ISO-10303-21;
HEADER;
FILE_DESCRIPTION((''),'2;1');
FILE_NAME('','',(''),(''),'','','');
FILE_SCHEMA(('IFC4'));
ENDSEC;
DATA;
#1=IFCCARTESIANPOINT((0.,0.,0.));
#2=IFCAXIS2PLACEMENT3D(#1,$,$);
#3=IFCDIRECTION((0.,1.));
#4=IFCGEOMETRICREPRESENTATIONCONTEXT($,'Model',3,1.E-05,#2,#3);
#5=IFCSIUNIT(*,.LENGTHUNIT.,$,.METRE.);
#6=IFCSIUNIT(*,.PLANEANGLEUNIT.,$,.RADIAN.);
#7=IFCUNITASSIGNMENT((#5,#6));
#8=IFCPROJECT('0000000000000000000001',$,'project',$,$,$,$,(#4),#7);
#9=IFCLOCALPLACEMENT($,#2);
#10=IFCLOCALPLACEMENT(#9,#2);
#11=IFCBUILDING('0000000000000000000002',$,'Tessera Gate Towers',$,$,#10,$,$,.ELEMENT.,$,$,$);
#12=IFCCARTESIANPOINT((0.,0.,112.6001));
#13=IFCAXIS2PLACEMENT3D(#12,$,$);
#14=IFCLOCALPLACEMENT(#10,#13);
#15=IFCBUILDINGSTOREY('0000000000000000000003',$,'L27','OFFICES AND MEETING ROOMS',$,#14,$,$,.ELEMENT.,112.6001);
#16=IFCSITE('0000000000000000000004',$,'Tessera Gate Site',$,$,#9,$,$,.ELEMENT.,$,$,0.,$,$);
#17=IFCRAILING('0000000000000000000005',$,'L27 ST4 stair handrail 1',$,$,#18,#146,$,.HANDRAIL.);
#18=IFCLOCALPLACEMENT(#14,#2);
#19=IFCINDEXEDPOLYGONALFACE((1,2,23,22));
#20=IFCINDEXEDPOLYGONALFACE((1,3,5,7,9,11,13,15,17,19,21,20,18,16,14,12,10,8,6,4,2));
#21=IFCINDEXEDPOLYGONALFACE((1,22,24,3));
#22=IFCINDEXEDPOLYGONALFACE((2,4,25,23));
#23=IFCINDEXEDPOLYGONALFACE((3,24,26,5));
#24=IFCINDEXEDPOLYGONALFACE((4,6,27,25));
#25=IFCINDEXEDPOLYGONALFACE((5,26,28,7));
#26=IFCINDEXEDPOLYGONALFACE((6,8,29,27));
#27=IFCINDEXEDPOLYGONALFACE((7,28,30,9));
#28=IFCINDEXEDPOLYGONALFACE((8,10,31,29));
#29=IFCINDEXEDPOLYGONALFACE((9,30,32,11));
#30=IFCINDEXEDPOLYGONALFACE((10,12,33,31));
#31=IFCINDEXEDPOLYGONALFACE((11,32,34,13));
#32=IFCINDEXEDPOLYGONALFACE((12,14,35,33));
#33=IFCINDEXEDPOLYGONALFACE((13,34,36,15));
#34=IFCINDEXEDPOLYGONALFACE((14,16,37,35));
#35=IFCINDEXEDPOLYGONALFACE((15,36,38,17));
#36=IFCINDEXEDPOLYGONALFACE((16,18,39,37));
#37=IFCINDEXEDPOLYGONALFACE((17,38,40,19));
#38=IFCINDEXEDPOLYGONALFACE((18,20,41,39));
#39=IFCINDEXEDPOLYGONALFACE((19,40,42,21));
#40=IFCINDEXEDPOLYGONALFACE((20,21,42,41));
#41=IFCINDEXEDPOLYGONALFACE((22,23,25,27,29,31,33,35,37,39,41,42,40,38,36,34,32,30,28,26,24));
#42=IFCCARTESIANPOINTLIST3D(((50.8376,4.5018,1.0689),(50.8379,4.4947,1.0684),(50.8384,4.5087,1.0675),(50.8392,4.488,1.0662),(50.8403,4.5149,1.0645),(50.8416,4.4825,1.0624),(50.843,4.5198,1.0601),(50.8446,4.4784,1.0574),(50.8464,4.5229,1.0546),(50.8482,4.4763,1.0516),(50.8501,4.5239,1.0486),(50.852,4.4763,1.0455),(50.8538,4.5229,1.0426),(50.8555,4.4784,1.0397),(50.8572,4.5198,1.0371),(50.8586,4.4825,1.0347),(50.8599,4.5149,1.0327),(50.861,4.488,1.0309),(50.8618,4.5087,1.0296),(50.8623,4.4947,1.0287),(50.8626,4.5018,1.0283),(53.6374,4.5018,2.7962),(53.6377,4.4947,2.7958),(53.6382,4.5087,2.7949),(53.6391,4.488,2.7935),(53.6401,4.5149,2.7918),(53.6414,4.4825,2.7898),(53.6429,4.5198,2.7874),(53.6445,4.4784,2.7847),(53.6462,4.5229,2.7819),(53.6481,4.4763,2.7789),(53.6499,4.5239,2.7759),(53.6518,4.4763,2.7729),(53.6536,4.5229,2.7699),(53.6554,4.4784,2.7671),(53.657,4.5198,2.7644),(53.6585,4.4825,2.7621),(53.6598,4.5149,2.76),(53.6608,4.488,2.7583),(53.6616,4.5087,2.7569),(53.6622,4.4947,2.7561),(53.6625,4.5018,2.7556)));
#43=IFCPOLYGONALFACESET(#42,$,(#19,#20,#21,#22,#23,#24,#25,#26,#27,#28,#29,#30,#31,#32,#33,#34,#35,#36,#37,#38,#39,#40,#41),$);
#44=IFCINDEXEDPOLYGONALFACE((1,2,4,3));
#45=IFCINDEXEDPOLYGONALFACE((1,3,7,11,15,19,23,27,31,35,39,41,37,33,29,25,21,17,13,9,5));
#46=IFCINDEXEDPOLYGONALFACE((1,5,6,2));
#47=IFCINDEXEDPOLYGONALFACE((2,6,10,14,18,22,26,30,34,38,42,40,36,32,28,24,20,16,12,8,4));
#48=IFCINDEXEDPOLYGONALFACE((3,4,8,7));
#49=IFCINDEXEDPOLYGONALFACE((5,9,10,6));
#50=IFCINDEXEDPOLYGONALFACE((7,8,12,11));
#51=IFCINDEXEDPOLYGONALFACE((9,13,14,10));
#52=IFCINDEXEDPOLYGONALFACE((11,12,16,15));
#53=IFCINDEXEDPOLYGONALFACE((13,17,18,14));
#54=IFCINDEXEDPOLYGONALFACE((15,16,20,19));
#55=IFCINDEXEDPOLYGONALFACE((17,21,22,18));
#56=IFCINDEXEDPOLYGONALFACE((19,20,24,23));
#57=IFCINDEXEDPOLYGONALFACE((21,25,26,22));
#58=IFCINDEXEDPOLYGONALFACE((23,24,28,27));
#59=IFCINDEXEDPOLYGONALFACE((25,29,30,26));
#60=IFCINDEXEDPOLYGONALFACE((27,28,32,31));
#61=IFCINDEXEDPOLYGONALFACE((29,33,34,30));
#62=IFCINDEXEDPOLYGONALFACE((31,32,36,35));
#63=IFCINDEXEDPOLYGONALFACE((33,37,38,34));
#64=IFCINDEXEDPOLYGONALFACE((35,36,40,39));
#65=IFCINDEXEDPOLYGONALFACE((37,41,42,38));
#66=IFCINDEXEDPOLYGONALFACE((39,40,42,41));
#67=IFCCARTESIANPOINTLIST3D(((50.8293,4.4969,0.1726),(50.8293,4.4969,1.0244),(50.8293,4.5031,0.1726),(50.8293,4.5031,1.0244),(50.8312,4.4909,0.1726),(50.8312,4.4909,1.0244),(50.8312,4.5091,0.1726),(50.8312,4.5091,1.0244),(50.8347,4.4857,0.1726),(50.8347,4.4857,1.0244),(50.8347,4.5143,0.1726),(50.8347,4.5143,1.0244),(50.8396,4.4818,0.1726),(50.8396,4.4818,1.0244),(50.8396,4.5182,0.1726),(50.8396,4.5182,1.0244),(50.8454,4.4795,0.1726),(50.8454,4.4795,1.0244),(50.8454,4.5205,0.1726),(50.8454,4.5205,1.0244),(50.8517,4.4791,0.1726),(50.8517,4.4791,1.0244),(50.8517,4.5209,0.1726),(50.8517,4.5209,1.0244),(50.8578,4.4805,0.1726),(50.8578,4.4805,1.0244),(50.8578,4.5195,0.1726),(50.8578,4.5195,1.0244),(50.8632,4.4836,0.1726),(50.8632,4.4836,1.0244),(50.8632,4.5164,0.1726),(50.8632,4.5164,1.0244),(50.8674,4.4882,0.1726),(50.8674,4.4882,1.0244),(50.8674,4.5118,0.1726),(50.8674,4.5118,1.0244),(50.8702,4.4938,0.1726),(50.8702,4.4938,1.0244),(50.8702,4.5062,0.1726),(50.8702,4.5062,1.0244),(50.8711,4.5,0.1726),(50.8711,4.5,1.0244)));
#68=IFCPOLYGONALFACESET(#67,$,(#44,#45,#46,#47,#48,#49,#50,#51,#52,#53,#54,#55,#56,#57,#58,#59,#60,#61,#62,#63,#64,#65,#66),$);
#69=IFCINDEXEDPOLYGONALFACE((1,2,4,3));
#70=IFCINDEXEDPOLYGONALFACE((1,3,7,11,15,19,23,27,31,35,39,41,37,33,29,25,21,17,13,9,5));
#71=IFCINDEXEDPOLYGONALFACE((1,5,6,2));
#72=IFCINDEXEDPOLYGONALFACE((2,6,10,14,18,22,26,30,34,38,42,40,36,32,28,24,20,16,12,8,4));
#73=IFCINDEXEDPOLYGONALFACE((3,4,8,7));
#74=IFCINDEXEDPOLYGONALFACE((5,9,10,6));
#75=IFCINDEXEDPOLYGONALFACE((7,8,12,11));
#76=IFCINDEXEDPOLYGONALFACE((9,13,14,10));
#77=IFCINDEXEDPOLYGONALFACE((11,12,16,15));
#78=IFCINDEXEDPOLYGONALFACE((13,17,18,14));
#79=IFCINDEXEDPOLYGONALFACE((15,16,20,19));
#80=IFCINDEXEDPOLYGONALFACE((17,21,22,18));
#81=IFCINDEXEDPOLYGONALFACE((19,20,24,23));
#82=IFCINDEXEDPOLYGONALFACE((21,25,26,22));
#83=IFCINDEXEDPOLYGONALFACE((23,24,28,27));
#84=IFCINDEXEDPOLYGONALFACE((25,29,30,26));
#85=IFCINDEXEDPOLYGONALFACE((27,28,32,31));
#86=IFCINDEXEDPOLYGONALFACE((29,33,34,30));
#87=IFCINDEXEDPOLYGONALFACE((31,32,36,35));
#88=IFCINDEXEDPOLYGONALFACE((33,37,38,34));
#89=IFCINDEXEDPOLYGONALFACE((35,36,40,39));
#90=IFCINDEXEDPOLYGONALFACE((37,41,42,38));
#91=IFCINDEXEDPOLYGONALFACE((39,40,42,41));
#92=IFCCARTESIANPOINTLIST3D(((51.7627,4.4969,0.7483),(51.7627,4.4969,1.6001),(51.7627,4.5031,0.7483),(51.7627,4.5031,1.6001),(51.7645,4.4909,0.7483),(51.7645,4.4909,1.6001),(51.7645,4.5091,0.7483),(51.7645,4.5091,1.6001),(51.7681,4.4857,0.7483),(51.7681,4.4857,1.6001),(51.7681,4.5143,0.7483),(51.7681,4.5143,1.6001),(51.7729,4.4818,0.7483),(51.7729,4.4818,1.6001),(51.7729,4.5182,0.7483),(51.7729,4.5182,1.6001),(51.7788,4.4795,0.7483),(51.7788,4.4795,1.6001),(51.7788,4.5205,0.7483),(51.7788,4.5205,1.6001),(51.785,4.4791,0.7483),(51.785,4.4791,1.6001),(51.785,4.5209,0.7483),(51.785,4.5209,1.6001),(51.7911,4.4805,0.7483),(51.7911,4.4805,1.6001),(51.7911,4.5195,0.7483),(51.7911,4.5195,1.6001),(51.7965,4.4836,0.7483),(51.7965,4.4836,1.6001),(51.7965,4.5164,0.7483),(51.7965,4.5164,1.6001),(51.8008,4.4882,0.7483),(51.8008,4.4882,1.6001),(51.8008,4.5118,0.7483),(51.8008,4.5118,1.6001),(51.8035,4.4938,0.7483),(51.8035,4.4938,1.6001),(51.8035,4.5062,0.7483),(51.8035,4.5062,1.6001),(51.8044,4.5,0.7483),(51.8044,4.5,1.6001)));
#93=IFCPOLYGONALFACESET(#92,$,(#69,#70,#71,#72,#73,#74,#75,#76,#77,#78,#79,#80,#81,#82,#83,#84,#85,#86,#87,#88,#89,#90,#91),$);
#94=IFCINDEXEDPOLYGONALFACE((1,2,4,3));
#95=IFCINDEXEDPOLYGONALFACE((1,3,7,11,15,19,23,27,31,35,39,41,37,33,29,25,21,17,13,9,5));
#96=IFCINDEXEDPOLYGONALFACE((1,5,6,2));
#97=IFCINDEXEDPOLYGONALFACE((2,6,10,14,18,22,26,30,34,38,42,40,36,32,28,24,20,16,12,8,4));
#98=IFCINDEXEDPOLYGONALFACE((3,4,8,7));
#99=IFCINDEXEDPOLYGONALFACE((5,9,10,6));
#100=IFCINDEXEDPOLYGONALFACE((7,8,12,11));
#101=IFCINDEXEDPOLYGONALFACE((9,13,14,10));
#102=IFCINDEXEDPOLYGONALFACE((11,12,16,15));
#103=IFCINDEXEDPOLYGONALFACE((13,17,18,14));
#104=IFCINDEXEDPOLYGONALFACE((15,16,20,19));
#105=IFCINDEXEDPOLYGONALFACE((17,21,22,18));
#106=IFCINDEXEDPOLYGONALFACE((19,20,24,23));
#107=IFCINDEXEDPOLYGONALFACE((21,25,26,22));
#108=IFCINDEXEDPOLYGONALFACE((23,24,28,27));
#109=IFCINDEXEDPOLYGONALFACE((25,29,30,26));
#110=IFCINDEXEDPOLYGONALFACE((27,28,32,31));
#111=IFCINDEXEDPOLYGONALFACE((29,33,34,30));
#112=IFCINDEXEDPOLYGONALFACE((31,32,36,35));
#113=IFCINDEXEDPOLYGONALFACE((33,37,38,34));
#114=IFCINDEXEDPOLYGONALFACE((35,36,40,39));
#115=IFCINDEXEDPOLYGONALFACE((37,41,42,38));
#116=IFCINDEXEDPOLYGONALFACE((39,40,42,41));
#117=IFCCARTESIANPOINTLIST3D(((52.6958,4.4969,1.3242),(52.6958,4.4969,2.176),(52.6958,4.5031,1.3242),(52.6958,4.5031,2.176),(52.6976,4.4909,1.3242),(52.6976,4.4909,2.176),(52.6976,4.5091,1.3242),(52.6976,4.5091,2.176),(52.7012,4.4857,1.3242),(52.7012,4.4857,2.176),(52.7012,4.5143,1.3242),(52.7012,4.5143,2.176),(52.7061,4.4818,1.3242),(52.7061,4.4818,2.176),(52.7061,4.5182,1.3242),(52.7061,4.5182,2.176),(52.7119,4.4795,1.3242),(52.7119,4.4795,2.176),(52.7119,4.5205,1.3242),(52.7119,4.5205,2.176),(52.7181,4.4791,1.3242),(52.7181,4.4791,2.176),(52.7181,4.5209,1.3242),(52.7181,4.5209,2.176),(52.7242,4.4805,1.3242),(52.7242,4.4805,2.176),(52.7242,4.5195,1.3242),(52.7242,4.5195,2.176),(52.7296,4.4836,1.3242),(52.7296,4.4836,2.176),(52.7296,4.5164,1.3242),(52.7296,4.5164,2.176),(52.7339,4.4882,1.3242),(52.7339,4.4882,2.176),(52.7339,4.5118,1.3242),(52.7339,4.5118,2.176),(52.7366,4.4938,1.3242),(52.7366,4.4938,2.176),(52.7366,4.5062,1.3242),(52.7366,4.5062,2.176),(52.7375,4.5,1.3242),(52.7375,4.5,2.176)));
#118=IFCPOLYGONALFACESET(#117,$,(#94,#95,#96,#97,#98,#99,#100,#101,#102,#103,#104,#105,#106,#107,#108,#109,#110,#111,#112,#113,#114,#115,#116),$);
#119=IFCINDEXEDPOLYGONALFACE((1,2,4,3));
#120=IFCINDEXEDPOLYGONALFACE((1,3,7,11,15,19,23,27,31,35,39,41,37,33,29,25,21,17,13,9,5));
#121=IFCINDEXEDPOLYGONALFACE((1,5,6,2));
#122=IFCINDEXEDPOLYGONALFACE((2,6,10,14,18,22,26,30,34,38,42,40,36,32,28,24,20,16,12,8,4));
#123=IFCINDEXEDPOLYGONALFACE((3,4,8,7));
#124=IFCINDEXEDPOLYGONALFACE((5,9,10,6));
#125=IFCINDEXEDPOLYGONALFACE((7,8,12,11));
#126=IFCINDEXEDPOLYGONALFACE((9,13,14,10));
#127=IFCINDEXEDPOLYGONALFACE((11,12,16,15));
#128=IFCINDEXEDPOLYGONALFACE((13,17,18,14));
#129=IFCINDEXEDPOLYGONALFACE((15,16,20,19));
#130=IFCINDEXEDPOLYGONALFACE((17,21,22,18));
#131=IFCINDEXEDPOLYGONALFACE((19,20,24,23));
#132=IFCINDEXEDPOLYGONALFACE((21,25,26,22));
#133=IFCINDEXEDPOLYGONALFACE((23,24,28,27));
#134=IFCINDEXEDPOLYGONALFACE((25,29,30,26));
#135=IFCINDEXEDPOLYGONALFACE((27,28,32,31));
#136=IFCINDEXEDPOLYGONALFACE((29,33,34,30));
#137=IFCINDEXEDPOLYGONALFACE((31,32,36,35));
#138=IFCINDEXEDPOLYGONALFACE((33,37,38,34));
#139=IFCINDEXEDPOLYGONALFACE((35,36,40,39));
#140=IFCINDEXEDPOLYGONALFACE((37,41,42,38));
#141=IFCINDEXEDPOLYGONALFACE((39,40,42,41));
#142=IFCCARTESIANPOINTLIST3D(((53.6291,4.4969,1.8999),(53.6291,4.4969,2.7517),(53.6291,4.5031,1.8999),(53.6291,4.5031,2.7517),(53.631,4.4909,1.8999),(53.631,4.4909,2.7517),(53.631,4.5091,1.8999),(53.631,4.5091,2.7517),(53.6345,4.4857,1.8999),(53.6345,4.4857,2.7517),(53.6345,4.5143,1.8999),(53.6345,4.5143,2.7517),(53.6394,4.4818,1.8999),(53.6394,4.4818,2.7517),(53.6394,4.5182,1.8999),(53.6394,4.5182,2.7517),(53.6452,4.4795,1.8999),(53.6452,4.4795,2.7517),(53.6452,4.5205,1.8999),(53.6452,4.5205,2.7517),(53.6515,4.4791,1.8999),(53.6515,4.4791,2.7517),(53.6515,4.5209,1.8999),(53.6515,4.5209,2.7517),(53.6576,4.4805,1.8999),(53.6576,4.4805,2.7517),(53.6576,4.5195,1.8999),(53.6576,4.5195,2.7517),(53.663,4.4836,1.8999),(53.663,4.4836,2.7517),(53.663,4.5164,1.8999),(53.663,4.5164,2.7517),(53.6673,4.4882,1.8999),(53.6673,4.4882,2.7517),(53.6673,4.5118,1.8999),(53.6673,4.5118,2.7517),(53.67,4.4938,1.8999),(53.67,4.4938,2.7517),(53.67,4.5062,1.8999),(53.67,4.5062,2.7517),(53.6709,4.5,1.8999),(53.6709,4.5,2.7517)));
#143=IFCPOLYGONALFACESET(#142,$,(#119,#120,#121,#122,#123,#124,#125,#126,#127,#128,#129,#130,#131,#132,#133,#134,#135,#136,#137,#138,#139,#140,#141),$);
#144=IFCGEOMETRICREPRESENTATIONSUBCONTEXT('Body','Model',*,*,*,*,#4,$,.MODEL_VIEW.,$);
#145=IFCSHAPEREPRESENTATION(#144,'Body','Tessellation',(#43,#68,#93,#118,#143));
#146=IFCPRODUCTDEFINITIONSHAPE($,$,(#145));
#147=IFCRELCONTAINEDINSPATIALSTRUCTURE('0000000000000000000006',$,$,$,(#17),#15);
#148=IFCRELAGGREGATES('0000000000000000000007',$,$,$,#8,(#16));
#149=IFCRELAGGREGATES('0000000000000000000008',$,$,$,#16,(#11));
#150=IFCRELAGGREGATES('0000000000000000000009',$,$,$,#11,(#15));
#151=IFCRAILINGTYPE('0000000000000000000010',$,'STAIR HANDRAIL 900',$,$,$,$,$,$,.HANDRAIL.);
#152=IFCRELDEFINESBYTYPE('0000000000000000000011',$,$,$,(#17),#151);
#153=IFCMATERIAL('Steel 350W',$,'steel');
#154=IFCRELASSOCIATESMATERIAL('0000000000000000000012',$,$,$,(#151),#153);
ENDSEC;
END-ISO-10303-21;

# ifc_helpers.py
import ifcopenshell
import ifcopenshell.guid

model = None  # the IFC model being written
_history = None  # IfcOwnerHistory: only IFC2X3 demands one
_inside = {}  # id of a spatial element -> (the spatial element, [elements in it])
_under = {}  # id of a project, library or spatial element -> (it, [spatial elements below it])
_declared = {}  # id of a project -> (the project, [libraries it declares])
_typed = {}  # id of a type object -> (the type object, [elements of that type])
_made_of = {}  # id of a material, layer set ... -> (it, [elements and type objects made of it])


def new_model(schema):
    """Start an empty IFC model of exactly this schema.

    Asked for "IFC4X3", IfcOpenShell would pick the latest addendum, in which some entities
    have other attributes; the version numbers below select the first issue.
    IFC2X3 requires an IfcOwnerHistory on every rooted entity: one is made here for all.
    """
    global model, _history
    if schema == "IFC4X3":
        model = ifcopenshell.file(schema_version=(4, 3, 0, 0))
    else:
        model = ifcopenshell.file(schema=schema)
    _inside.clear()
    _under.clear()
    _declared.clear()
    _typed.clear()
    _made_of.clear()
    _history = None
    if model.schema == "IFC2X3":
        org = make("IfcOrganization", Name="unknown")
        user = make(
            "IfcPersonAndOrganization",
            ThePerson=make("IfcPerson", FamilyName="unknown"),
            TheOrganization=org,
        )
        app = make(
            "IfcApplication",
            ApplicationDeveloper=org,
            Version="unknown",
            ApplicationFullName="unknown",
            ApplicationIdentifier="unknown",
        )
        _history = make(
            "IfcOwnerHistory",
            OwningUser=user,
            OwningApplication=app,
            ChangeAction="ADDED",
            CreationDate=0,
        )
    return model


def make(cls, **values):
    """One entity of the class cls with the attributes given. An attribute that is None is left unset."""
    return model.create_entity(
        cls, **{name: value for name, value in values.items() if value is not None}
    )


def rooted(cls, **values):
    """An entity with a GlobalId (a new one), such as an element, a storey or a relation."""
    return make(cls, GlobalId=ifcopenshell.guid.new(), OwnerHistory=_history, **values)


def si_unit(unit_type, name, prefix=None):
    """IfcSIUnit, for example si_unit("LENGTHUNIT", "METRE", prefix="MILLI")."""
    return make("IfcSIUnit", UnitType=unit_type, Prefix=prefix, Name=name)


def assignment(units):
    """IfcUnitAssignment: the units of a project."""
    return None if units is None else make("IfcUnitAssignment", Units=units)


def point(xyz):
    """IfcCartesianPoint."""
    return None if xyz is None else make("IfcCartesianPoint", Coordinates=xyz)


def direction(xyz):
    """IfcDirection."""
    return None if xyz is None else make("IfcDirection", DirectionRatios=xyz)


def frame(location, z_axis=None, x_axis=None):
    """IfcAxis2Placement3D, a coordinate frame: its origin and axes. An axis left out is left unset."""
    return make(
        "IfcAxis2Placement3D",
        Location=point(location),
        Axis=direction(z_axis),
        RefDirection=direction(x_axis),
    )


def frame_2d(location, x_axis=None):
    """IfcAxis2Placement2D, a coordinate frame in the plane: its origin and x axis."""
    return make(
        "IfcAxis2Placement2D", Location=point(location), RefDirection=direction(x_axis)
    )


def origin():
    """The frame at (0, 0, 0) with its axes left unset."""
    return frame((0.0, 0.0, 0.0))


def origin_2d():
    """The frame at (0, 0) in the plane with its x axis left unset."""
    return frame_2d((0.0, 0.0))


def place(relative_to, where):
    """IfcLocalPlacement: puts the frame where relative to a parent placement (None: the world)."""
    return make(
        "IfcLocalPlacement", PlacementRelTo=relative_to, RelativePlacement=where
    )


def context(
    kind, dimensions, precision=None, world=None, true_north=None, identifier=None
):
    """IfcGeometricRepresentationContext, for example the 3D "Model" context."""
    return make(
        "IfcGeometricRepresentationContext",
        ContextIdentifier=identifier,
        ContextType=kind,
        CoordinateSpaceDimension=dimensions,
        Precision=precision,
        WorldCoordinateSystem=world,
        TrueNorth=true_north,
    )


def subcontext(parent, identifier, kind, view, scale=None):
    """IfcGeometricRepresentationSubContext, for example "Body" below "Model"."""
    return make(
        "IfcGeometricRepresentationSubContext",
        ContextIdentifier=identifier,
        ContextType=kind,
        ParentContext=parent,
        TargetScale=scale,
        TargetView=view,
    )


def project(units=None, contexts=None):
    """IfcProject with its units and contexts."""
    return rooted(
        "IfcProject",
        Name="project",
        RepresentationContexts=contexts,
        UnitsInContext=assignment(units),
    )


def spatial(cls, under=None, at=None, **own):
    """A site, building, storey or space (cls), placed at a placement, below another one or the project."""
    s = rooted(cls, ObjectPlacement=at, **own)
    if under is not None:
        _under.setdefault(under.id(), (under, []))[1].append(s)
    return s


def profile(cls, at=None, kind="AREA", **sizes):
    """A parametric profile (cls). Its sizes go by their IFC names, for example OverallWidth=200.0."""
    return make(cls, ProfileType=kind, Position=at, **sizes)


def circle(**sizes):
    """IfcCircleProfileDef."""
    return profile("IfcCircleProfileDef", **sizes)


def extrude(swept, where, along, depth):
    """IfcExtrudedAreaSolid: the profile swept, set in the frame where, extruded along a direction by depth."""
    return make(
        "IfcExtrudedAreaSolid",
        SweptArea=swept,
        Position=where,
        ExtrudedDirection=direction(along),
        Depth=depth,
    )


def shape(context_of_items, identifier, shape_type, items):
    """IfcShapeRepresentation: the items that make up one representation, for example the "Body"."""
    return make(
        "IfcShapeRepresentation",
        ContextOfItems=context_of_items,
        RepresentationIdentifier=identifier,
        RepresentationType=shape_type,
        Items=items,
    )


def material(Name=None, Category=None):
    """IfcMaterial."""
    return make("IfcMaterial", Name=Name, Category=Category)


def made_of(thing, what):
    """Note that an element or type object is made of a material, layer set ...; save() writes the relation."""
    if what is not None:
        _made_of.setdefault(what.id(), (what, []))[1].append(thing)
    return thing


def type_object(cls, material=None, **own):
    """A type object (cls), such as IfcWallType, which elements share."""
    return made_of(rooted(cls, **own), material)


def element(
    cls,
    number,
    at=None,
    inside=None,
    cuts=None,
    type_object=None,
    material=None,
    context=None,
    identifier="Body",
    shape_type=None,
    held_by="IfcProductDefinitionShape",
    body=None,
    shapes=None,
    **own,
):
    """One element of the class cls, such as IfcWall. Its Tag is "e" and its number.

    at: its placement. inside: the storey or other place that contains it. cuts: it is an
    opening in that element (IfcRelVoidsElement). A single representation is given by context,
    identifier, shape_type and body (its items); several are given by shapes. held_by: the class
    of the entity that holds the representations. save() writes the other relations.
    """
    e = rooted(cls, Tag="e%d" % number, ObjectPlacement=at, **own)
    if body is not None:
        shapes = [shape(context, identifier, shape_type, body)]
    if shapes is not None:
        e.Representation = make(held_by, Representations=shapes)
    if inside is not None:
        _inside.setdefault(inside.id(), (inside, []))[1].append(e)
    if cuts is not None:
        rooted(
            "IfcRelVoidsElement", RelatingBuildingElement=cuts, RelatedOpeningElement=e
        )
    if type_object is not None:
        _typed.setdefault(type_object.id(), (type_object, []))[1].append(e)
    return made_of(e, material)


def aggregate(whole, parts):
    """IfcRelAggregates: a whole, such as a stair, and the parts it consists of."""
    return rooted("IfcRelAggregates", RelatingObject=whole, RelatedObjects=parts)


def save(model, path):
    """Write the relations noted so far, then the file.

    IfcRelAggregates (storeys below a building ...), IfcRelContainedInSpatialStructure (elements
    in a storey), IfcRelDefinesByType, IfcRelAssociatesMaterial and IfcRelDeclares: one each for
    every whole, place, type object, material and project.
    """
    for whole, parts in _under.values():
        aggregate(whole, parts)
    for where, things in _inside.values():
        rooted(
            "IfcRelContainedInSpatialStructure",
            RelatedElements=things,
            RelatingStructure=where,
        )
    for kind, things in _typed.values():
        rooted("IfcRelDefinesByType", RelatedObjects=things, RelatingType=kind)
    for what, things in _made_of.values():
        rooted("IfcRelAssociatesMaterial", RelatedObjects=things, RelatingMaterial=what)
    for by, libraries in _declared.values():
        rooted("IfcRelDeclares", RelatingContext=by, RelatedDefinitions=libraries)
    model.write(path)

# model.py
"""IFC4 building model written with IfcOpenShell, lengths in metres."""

from ifc_helpers import new_model, si_unit, direction, frame, origin, origin_2d, place, context, subcontext, project, spatial, circle, extrude, material, type_object, element, save


model = new_model("IFC4")

# Units and contexts
model_context = context("Model", 3, precision=1e-05, world=origin(), true_north=direction((0.0, 1.0)))
body_context = subcontext(model_context, "Body", "Model", "MODEL_VIEW")
ifc_project = project(units=[si_unit("LENGTHUNIT", "METRE"), si_unit("PLANEANGLEUNIT", "RADIAN")], contexts=[model_context])

# Site, building, storey
site_placement = place(None, origin())
site = spatial("IfcSite", under=ifc_project, at=site_placement, Name="Tessera Gate Site", CompositionType="ELEMENT", RefElevation=0.0)
building_placement = place(site_placement, origin())
building = spatial("IfcBuilding", under=site, at=building_placement, Name="Tessera Gate Towers", CompositionType="ELEMENT")
storey_placement = place(building_placement, frame((0.0, 0.0, 112.6001)))
storey = spatial("IfcBuildingStorey", under=building, at=storey_placement, Name="L27", Description="OFFICES AND MEETING ROOMS", CompositionType="ELEMENT", Elevation=112.6001)

# Railing
ifc_material_1 = material(Name="Steel 350W", Category="steel")
railing_type_1 = type_object("IfcRailingType", Name="STAIR HANDRAIL 900", PredefinedType="HANDRAIL", material=ifc_material_1)
railing_1_placement = place(storey_placement, frame((50.8501, 4.5, 0.1726)))
element("IfcRailing", 1, at=railing_1_placement, inside=storey, type_object=railing_type_1, Name="L27 ST4 stair handrail 1", PredefinedType="HANDRAIL", context=body_context, shape_type="SweptSolid", body=[
    extrude(circle(Radius=0.0239, at=origin_2d()), frame((0.0, 0.0, 0.876), z_axis=(0.851069, 0.0, 0.525054), x_axis=(0.0, 1.0, 0.0)), (0.0, 0.0, 1.0), 3.2898),
    extrude(circle(Radius=0.021, at=origin_2d()), origin(), (0.0, 0.0, 1.0), 0.8518),
    extrude(circle(Radius=0.021, at=origin_2d()), frame((0.9333, 0.0, 0.5757)), (0.0, 0.0, 1.0), 0.8518),
    extrude(circle(Radius=0.021, at=origin_2d()), frame((1.8665, 0.0, 1.1516)), (0.0, 0.0, 1.0), 0.8518),
    extrude(circle(Radius=0.021, at=origin_2d()), frame((2.7998, 0.0, 1.7273)), (0.0, 0.0, 1.0), 0.8518),
])

save(model, "model.ifc")
